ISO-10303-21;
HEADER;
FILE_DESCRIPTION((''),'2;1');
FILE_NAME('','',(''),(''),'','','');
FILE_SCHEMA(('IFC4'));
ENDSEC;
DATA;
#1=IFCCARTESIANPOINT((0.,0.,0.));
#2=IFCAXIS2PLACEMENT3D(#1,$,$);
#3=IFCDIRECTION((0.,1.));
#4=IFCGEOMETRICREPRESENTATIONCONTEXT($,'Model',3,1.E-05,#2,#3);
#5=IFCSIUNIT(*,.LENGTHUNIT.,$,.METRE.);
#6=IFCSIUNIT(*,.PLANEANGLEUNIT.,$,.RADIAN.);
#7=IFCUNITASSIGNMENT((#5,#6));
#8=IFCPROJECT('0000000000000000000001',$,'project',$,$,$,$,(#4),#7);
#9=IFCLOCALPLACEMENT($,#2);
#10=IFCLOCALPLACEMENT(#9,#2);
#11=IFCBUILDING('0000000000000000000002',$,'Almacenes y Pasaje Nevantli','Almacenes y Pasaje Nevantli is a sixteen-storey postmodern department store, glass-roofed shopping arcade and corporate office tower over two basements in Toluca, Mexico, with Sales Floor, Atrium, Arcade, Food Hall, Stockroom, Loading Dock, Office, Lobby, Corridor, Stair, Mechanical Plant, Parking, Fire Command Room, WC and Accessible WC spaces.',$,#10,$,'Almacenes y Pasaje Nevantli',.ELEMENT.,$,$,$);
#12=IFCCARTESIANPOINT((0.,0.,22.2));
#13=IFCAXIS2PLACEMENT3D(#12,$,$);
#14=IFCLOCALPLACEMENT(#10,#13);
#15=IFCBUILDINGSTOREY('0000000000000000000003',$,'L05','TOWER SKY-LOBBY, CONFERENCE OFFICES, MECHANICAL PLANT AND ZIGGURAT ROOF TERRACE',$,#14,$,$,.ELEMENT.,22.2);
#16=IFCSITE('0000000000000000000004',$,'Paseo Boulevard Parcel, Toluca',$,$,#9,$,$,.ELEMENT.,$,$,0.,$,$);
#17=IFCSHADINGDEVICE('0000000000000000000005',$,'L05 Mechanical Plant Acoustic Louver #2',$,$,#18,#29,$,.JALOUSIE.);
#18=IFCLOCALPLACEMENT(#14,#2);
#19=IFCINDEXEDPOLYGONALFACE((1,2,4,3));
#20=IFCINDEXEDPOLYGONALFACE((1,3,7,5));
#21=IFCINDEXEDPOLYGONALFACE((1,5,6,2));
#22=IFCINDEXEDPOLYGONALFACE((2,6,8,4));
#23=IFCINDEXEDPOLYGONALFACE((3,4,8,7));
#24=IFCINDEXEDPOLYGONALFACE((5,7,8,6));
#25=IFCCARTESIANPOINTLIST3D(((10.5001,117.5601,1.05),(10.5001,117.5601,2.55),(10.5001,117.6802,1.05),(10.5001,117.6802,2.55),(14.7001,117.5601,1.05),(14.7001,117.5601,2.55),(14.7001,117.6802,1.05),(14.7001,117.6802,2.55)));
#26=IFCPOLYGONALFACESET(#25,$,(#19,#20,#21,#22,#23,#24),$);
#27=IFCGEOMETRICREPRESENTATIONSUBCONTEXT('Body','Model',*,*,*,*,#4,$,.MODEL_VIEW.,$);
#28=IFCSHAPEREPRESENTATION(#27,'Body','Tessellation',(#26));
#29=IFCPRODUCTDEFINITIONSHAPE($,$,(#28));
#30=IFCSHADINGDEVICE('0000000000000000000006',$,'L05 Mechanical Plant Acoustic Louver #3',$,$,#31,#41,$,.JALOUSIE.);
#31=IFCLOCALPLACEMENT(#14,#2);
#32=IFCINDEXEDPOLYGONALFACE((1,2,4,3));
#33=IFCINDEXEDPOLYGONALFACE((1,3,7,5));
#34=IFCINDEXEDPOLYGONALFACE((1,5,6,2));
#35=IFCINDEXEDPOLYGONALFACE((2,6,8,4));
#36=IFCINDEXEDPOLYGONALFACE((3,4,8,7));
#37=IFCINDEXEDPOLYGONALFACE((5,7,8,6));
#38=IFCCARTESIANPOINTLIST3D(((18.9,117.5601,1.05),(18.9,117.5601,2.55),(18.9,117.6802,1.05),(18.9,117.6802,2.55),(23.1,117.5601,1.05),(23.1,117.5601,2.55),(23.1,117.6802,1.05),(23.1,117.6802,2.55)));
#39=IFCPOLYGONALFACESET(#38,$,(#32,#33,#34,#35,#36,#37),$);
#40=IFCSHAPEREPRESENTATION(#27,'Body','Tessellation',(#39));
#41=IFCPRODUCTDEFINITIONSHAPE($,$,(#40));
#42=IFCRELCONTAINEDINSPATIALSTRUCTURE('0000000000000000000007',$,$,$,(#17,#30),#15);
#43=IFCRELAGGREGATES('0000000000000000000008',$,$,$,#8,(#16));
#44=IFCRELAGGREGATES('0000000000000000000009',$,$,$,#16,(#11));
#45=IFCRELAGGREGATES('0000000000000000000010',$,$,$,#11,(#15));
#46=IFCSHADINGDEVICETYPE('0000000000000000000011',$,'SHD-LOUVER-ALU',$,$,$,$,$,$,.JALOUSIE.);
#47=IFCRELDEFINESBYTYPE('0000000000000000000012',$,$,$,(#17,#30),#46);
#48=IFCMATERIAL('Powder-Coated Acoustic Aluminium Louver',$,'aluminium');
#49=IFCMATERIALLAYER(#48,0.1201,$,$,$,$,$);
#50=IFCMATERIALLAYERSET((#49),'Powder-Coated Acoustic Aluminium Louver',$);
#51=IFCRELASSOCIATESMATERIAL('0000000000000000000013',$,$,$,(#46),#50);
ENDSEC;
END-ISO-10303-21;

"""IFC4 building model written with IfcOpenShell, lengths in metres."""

from ifc_helpers import new_model, si_unit, direction, frame, origin, origin_2d, place, context, subcontext, project, spatial, rectangle, extrude, material, layer, layer_set, type_object, element, save


model = new_model("IFC4")

# Units and contexts
model_context = context("Model", 3, precision=1e-05, world=origin(), true_north=direction((0.0, 1.0)))
body_context = subcontext(model_context, "Body", "Model", "MODEL_VIEW")
ifc_project = project(units=[si_unit("LENGTHUNIT", "METRE"), si_unit("PLANEANGLEUNIT", "RADIAN")], contexts=[model_context])

# Site, building, storey
site_placement = place(None, origin())
site = spatial("IfcSite", under=ifc_project, at=site_placement, Name="Paseo Boulevard Parcel, Toluca", CompositionType="ELEMENT", RefElevation=0.0)
building_placement = place(site_placement, origin())
building = spatial("IfcBuilding", under=site, at=building_placement, Name="Almacenes y Pasaje Nevantli", Description="Almacenes y Pasaje Nevantli is a sixteen-storey postmodern department store, glass-roofed shopping arcade and corporate office tower over two basements in Toluca, Mexico, with Sales Floor, Atrium, Arcade, Food Hall, Stockroom, Loading Dock, Office, Lobby, Corridor, Stair, Mechanical Plant, Parking, Fire Command Room, WC and Accessible WC spaces.", LongName="Almacenes y Pasaje Nevantli", CompositionType="ELEMENT")
storey_placement = place(building_placement, frame((0.0, 0.0, 22.2)))
storey = spatial("IfcBuildingStorey", under=building, at=storey_placement, Name="L05", Description="TOWER SKY-LOBBY, CONFERENCE OFFICES, MECHANICAL PLANT AND ZIGGURAT ROOF TERRACE", CompositionType="ELEMENT", Elevation=22.2)

# Shading devices
ifc_material_1 = material(Name="Powder-Coated Acoustic Aluminium Louver", Category="aluminium")
ifc_layer_1 = layer(ifc_material_1, 0.1201)
ifc_layer_set_1 = layer_set([ifc_layer_1], Name="Powder-Coated Acoustic Aluminium Louver")
shading_device_type = type_object("IfcShadingDeviceType", Name="SHD-LOUVER-ALU", PredefinedType="JALOUSIE", material=ifc_layer_set_1)
for number, where, z_axis, x_axis, name in (
    (1, (12.6001, 117.6201, 1.05), (0.0, 0.0, 1.0), (1.0, 0.0, 0.0), "L05 Mechanical Plant Acoustic Louver #2"),
    (2, (21.0, 117.6201, 1.05), (0.0, 0.0, 1.0), (1.0, 0.0, 0.0), "L05 Mechanical Plant Acoustic Louver #3"),
):
    element("IfcShadingDevice", number, at=place(storey_placement, frame(where, z_axis=z_axis, x_axis=x_axis)), inside=storey, type_object=shading_device_type, Name=name, PredefinedType="JALOUSIE", context=body_context, shape_type="SweptSolid", body=[
        extrude(rectangle(XDim=4.2, YDim=0.1201, at=origin_2d()), origin(), (0.0, 0.0, 1.0), 1.5),
    ])

save(model, "model.ifc")
